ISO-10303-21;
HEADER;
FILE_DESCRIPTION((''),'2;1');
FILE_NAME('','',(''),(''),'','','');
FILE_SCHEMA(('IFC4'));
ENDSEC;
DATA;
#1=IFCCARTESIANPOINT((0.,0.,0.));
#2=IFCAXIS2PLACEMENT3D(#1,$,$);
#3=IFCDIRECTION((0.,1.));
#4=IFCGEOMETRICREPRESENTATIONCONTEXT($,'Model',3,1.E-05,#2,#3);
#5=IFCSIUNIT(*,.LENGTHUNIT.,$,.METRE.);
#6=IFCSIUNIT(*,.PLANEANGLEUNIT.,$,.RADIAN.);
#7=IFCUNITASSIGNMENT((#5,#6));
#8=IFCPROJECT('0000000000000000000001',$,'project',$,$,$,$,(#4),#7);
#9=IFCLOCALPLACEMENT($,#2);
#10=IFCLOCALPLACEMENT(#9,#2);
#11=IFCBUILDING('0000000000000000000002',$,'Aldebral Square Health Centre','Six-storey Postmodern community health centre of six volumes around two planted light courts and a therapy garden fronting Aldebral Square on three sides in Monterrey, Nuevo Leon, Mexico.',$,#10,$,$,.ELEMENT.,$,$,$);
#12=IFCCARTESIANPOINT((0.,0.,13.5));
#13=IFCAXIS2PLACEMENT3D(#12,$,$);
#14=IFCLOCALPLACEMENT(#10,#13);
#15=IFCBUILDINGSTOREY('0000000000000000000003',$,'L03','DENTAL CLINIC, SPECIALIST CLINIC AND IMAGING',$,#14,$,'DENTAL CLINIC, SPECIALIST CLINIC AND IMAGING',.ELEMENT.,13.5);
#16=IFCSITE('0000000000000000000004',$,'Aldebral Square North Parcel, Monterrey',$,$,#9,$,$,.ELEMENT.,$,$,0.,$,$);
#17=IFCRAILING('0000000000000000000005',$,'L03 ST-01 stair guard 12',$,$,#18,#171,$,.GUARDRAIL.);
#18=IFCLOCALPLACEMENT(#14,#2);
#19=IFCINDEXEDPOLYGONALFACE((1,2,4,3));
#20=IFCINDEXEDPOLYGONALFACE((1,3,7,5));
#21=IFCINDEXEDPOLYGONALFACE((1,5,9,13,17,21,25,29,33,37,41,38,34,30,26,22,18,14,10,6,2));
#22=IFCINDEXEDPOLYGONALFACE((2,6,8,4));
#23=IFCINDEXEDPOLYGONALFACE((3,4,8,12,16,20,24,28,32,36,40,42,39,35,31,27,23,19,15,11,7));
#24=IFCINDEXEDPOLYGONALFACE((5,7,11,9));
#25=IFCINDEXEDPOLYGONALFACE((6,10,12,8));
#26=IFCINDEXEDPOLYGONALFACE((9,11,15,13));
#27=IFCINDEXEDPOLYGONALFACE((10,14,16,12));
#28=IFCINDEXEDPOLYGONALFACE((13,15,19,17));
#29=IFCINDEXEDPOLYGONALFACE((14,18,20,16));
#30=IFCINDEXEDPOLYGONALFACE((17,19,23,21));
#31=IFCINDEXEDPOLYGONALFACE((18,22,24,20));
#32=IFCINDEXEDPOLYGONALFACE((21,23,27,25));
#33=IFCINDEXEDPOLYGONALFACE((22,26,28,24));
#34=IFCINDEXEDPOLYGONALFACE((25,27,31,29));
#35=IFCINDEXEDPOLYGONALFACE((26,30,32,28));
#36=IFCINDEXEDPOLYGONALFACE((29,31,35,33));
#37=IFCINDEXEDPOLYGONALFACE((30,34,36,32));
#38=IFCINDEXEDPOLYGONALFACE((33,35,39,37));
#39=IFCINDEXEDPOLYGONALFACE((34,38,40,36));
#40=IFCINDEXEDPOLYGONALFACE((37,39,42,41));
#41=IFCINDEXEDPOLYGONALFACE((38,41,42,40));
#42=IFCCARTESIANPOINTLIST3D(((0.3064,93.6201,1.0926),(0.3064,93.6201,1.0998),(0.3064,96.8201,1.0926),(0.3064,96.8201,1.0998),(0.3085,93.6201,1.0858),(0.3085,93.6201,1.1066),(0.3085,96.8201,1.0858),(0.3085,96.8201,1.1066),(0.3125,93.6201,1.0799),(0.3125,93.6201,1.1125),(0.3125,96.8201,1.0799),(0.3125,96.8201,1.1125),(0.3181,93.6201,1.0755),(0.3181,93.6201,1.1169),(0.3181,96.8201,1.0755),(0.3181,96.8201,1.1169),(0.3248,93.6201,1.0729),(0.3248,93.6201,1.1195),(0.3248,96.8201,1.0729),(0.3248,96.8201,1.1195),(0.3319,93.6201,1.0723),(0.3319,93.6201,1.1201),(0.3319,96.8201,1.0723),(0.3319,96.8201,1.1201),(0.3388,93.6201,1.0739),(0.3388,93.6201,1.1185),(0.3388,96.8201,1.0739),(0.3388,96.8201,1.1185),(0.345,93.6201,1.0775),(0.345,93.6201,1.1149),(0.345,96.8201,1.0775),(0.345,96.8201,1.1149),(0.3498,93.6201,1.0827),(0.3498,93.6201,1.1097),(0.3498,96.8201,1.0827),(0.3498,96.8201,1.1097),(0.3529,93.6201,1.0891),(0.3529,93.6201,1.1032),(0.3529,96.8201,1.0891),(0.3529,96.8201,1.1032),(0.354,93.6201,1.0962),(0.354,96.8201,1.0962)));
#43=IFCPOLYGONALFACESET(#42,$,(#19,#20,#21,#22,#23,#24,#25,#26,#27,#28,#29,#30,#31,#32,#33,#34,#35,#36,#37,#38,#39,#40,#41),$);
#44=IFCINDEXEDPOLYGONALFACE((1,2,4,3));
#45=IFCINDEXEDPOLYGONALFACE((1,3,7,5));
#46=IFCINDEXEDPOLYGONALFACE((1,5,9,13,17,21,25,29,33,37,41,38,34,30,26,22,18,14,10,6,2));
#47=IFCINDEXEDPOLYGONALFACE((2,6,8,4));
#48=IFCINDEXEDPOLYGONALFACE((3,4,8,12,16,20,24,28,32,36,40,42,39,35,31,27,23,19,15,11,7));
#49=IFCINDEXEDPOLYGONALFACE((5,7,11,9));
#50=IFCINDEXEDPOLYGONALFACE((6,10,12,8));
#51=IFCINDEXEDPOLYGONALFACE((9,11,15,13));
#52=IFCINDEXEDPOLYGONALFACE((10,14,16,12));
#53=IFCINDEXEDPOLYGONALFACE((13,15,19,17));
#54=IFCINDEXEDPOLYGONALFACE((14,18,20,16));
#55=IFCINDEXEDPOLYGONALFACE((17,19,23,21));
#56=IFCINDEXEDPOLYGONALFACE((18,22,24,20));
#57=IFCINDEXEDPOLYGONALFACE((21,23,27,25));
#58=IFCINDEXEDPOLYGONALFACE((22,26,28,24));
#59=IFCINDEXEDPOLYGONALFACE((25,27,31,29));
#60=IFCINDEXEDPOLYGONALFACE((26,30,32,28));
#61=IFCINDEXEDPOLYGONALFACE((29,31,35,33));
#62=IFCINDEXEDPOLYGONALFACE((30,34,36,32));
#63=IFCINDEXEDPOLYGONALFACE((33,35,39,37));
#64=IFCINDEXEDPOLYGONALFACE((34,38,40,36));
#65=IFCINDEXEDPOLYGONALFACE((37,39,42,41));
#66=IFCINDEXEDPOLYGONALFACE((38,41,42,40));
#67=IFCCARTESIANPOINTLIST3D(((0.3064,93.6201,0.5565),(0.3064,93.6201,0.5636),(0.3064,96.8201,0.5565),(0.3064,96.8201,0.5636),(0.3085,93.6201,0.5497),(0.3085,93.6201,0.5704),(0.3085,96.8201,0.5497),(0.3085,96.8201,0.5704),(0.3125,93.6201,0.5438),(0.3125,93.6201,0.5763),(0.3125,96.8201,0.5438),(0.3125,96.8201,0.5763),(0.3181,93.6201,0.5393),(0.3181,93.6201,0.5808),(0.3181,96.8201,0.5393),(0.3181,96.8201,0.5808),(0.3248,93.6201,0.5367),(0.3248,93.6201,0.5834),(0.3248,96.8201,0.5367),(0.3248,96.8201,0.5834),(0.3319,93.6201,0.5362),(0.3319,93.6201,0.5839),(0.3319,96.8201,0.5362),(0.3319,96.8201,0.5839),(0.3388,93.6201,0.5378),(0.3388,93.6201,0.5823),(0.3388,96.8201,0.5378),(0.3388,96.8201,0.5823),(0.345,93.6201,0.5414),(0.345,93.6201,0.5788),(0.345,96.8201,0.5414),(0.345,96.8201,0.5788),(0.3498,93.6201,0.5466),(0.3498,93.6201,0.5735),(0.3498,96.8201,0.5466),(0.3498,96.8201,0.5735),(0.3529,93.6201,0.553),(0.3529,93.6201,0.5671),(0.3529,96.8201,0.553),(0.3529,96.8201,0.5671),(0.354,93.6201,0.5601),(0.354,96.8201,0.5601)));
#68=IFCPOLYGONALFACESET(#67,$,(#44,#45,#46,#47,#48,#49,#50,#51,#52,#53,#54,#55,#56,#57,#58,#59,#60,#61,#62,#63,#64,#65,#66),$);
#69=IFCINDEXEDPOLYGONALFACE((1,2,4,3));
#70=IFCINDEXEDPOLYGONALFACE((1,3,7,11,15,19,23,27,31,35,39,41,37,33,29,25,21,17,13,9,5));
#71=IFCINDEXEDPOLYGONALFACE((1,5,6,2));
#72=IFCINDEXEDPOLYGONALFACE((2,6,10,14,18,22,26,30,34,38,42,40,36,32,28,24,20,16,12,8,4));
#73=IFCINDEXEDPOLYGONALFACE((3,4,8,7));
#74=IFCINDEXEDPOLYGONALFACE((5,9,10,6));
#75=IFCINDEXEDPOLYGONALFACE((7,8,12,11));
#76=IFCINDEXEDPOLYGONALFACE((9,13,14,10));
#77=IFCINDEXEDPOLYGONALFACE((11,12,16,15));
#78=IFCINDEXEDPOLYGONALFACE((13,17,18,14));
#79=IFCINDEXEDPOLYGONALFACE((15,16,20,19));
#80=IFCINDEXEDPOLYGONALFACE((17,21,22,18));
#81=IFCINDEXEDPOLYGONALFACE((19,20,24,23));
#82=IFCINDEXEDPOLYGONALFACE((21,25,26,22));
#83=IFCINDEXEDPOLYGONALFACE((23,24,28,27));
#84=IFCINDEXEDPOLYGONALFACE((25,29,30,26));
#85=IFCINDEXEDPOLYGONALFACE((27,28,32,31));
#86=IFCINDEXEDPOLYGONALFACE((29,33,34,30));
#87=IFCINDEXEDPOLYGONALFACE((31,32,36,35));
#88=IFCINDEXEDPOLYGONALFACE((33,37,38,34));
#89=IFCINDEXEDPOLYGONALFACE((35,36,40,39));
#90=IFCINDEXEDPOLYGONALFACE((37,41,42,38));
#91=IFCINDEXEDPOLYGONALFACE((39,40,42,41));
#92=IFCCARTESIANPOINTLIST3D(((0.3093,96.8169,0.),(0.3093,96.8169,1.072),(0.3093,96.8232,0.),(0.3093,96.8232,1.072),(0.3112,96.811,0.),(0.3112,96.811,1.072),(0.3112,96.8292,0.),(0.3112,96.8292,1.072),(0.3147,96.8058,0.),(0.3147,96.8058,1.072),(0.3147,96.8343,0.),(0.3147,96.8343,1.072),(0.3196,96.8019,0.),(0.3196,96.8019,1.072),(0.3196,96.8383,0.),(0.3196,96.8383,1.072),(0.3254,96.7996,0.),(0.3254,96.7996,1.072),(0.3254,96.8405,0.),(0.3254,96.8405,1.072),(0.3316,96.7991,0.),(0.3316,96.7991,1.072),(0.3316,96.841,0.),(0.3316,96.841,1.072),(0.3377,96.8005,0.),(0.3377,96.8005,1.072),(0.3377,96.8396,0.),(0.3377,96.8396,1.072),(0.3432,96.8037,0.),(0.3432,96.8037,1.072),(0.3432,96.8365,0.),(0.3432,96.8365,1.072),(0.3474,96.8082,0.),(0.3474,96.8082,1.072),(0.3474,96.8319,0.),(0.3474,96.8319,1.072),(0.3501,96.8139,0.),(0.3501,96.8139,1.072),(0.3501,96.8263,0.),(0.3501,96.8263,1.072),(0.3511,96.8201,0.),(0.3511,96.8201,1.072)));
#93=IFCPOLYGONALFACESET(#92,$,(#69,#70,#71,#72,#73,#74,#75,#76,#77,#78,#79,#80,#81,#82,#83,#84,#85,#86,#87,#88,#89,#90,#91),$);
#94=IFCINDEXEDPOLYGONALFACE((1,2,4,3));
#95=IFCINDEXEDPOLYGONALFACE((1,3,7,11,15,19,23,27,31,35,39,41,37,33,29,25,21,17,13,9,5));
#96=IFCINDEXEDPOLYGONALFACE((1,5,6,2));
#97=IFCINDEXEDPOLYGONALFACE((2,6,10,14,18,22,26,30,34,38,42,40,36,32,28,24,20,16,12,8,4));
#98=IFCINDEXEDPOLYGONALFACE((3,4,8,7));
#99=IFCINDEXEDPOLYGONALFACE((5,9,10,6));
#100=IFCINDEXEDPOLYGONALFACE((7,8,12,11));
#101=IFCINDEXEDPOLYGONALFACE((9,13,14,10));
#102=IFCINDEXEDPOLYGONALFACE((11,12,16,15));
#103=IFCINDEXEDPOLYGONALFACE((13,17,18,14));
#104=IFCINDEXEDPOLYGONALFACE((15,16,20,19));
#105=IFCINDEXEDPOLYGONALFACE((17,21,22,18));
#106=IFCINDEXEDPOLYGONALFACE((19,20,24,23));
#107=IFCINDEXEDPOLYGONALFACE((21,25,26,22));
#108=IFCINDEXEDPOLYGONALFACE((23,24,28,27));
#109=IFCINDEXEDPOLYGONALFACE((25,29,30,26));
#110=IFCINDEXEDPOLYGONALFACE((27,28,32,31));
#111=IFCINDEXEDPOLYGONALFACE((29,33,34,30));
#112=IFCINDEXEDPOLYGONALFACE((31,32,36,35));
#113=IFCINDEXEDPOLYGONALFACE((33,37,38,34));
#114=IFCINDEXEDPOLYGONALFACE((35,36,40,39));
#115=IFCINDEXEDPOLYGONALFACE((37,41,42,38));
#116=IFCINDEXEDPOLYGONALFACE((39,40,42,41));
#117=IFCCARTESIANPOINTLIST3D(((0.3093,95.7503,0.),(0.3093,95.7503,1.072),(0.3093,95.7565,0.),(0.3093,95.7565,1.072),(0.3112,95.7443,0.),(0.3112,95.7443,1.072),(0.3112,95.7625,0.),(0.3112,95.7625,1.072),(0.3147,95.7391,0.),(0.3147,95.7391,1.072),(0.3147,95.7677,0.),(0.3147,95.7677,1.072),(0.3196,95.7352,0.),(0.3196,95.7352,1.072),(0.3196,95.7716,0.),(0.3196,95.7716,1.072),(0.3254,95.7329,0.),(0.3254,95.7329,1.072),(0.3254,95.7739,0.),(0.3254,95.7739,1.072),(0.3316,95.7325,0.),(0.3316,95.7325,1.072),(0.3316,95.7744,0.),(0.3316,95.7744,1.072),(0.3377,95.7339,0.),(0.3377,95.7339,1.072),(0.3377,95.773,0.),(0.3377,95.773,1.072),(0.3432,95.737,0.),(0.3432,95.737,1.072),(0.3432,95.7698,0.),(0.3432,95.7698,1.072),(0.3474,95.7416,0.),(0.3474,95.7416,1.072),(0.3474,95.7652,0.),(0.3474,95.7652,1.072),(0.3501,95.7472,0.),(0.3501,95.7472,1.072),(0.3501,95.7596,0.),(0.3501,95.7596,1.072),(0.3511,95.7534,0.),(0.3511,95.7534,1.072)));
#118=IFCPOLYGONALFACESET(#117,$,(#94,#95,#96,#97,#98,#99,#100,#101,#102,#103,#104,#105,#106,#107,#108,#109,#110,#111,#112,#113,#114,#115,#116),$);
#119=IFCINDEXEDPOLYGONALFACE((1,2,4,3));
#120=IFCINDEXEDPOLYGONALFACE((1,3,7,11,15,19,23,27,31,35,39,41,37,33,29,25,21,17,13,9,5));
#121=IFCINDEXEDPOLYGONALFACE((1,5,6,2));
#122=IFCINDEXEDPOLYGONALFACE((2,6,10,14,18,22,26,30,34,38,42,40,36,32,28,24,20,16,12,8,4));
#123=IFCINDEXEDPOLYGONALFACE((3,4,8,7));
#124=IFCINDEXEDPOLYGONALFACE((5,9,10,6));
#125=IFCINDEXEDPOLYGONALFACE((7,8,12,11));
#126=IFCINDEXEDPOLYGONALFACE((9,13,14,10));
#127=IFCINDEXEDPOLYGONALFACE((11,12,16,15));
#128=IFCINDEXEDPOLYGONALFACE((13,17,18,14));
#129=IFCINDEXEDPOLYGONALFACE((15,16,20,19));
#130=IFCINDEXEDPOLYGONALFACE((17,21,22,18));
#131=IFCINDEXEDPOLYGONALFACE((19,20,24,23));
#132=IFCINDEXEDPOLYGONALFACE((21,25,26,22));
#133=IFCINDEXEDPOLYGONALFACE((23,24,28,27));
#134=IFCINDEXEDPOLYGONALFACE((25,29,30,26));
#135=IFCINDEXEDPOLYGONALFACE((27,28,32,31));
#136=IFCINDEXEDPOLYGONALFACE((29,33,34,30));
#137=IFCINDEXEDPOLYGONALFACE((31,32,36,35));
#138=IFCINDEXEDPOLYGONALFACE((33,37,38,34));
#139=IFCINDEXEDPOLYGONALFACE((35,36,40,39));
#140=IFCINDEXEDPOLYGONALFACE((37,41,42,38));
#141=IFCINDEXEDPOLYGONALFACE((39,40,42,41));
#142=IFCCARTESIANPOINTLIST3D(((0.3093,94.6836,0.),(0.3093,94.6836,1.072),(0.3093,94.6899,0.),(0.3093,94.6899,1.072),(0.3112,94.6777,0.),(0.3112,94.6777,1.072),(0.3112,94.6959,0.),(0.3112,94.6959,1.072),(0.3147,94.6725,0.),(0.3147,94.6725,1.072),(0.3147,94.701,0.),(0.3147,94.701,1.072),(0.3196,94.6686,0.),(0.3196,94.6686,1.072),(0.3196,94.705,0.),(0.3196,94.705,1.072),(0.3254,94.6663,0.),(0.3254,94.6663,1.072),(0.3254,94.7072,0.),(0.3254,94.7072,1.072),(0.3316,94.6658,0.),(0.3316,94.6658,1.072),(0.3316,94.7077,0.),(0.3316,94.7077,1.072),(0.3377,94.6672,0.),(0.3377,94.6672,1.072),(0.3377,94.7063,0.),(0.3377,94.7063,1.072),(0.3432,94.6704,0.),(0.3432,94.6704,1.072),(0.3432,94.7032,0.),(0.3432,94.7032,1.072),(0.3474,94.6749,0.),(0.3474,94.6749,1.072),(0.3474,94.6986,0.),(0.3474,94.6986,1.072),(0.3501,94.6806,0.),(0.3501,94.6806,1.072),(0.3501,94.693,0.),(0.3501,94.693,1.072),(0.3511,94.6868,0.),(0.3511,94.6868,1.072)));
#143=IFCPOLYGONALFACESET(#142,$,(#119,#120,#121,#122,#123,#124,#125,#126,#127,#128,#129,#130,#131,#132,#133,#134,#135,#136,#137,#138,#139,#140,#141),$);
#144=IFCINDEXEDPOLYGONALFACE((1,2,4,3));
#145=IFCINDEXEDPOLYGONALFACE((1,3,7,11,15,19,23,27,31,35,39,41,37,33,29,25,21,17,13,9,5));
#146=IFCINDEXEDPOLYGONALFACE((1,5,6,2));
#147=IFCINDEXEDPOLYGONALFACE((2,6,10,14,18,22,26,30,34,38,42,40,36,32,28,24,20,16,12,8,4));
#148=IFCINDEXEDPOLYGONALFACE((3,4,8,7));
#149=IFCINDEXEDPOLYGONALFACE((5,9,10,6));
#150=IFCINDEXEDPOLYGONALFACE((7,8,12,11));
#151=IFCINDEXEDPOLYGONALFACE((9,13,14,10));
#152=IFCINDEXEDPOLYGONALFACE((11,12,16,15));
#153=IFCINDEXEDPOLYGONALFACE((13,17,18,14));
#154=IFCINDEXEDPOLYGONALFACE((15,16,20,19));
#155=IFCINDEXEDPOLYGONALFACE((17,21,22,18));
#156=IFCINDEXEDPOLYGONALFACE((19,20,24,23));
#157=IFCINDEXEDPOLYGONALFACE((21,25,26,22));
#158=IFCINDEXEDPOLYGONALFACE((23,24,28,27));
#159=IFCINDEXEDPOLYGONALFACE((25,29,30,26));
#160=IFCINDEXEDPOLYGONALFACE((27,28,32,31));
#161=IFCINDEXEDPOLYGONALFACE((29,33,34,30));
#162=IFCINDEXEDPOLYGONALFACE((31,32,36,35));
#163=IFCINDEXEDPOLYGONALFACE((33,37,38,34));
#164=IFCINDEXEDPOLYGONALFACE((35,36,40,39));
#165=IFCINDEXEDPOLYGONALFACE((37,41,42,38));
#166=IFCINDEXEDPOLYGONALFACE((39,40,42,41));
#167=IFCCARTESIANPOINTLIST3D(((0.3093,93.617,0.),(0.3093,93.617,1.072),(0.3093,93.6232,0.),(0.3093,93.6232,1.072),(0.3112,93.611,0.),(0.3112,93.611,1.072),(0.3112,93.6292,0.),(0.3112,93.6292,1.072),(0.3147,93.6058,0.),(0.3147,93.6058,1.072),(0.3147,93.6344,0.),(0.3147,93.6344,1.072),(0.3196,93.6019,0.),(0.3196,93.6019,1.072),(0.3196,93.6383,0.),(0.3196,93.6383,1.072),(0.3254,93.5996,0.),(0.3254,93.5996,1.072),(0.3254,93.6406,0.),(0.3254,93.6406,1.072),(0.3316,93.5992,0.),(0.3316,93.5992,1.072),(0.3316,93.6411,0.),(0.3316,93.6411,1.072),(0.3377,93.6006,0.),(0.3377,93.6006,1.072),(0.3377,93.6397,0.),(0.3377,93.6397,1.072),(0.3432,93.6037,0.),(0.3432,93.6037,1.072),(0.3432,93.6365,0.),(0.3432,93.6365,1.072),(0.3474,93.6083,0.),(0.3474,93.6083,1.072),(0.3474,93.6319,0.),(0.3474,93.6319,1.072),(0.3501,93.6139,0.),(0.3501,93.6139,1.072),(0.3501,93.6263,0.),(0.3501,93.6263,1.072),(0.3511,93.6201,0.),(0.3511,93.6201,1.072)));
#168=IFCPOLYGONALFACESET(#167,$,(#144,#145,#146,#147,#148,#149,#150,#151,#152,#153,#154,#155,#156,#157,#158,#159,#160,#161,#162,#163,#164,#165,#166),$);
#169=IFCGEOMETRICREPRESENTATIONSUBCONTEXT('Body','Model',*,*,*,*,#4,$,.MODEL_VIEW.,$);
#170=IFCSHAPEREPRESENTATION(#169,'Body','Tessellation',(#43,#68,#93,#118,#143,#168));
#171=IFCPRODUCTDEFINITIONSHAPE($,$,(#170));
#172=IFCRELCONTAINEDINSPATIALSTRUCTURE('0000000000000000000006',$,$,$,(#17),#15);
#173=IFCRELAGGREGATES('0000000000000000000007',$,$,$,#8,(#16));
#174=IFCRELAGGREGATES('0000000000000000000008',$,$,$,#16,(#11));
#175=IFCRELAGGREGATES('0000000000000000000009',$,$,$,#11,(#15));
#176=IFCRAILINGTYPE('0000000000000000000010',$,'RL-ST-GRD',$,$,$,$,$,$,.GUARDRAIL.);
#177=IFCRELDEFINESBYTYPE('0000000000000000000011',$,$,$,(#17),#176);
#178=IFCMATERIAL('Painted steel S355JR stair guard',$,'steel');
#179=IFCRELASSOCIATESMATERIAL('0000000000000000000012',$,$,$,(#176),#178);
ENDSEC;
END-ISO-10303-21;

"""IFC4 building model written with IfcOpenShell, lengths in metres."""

from ifc_helpers import new_model, si_unit, direction, frame, origin, origin_2d, place, context, subcontext, project, spatial, circle, extrude, material, type_object, element, save


model = new_model("IFC4")

# Units and contexts
model_context = context("Model", 3, precision=1e-05, world=origin(), true_north=direction((0.0, 1.0)))
body_context = subcontext(model_context, "Body", "Model", "MODEL_VIEW")
ifc_project = project(units=[si_unit("LENGTHUNIT", "METRE"), si_unit("PLANEANGLEUNIT", "RADIAN")], contexts=[model_context])

# Site, building, storey
site_placement = place(None, origin())
site = spatial("IfcSite", under=ifc_project, at=site_placement, Name="Aldebral Square North Parcel, Monterrey", CompositionType="ELEMENT", RefElevation=0.0)
building_placement = place(site_placement, origin())
building = spatial("IfcBuilding", under=site, at=building_placement, Name="Aldebral Square Health Centre", Description="Six-storey Postmodern community health centre of six volumes around two planted light courts and a therapy garden fronting Aldebral Square on three sides in Monterrey, Nuevo Leon, Mexico.", CompositionType="ELEMENT")
storey_placement = place(building_placement, frame((0.0, 0.0, 13.5)))
storey = spatial("IfcBuildingStorey", under=building, at=storey_placement, Name="L03", Description="DENTAL CLINIC, SPECIALIST CLINIC AND IMAGING", LongName="DENTAL CLINIC, SPECIALIST CLINIC AND IMAGING", CompositionType="ELEMENT", Elevation=13.5)

# Railing
ifc_material_1 = material(Name="Painted steel S355JR stair guard", Category="steel")
railing_type_1 = type_object("IfcRailingType", Name="RL-ST-GRD", PredefinedType="GUARDRAIL", material=ifc_material_1)
railing_1_placement = place(storey_placement, frame((0.3301, 96.8201, 0.0)))
element("IfcRailing", 1, at=railing_1_placement, inside=storey, type_object=railing_type_1, Name="L03 ST-01 stair guard 12", PredefinedType="GUARDRAIL", context=body_context, shape_type="SweptSolid", body=[
    extrude(circle(Radius=0.0239, at=origin_2d()), frame((0.0, 0.0, 1.0962), z_axis=(0.0, -1.0, 0.0), x_axis=(1.0, 0.0, 0.0)), (0.0, 0.0, 1.0), 3.2),
    extrude(circle(Radius=0.0239, at=origin_2d()), frame((0.0, 0.0, 0.5601), z_axis=(0.0, -1.0, 0.0), x_axis=(1.0, 0.0, 0.0)), (0.0, 0.0, 1.0), 3.2),
    extrude(circle(Radius=0.021, at=origin_2d()), origin(), (0.0, 0.0, 1.0), 1.072),
    extrude(circle(Radius=0.021, at=origin_2d()), frame((0.0, -1.0667, 0.0)), (0.0, 0.0, 1.0), 1.072),
    extrude(circle(Radius=0.021, at=origin_2d()), frame((0.0, -2.1333, 0.0)), (0.0, 0.0, 1.0), 1.072),
    extrude(circle(Radius=0.021, at=origin_2d()), frame((0.0, -3.2, 0.0)), (0.0, 0.0, 1.0), 1.072),
])

save(model, "model.ifc")
